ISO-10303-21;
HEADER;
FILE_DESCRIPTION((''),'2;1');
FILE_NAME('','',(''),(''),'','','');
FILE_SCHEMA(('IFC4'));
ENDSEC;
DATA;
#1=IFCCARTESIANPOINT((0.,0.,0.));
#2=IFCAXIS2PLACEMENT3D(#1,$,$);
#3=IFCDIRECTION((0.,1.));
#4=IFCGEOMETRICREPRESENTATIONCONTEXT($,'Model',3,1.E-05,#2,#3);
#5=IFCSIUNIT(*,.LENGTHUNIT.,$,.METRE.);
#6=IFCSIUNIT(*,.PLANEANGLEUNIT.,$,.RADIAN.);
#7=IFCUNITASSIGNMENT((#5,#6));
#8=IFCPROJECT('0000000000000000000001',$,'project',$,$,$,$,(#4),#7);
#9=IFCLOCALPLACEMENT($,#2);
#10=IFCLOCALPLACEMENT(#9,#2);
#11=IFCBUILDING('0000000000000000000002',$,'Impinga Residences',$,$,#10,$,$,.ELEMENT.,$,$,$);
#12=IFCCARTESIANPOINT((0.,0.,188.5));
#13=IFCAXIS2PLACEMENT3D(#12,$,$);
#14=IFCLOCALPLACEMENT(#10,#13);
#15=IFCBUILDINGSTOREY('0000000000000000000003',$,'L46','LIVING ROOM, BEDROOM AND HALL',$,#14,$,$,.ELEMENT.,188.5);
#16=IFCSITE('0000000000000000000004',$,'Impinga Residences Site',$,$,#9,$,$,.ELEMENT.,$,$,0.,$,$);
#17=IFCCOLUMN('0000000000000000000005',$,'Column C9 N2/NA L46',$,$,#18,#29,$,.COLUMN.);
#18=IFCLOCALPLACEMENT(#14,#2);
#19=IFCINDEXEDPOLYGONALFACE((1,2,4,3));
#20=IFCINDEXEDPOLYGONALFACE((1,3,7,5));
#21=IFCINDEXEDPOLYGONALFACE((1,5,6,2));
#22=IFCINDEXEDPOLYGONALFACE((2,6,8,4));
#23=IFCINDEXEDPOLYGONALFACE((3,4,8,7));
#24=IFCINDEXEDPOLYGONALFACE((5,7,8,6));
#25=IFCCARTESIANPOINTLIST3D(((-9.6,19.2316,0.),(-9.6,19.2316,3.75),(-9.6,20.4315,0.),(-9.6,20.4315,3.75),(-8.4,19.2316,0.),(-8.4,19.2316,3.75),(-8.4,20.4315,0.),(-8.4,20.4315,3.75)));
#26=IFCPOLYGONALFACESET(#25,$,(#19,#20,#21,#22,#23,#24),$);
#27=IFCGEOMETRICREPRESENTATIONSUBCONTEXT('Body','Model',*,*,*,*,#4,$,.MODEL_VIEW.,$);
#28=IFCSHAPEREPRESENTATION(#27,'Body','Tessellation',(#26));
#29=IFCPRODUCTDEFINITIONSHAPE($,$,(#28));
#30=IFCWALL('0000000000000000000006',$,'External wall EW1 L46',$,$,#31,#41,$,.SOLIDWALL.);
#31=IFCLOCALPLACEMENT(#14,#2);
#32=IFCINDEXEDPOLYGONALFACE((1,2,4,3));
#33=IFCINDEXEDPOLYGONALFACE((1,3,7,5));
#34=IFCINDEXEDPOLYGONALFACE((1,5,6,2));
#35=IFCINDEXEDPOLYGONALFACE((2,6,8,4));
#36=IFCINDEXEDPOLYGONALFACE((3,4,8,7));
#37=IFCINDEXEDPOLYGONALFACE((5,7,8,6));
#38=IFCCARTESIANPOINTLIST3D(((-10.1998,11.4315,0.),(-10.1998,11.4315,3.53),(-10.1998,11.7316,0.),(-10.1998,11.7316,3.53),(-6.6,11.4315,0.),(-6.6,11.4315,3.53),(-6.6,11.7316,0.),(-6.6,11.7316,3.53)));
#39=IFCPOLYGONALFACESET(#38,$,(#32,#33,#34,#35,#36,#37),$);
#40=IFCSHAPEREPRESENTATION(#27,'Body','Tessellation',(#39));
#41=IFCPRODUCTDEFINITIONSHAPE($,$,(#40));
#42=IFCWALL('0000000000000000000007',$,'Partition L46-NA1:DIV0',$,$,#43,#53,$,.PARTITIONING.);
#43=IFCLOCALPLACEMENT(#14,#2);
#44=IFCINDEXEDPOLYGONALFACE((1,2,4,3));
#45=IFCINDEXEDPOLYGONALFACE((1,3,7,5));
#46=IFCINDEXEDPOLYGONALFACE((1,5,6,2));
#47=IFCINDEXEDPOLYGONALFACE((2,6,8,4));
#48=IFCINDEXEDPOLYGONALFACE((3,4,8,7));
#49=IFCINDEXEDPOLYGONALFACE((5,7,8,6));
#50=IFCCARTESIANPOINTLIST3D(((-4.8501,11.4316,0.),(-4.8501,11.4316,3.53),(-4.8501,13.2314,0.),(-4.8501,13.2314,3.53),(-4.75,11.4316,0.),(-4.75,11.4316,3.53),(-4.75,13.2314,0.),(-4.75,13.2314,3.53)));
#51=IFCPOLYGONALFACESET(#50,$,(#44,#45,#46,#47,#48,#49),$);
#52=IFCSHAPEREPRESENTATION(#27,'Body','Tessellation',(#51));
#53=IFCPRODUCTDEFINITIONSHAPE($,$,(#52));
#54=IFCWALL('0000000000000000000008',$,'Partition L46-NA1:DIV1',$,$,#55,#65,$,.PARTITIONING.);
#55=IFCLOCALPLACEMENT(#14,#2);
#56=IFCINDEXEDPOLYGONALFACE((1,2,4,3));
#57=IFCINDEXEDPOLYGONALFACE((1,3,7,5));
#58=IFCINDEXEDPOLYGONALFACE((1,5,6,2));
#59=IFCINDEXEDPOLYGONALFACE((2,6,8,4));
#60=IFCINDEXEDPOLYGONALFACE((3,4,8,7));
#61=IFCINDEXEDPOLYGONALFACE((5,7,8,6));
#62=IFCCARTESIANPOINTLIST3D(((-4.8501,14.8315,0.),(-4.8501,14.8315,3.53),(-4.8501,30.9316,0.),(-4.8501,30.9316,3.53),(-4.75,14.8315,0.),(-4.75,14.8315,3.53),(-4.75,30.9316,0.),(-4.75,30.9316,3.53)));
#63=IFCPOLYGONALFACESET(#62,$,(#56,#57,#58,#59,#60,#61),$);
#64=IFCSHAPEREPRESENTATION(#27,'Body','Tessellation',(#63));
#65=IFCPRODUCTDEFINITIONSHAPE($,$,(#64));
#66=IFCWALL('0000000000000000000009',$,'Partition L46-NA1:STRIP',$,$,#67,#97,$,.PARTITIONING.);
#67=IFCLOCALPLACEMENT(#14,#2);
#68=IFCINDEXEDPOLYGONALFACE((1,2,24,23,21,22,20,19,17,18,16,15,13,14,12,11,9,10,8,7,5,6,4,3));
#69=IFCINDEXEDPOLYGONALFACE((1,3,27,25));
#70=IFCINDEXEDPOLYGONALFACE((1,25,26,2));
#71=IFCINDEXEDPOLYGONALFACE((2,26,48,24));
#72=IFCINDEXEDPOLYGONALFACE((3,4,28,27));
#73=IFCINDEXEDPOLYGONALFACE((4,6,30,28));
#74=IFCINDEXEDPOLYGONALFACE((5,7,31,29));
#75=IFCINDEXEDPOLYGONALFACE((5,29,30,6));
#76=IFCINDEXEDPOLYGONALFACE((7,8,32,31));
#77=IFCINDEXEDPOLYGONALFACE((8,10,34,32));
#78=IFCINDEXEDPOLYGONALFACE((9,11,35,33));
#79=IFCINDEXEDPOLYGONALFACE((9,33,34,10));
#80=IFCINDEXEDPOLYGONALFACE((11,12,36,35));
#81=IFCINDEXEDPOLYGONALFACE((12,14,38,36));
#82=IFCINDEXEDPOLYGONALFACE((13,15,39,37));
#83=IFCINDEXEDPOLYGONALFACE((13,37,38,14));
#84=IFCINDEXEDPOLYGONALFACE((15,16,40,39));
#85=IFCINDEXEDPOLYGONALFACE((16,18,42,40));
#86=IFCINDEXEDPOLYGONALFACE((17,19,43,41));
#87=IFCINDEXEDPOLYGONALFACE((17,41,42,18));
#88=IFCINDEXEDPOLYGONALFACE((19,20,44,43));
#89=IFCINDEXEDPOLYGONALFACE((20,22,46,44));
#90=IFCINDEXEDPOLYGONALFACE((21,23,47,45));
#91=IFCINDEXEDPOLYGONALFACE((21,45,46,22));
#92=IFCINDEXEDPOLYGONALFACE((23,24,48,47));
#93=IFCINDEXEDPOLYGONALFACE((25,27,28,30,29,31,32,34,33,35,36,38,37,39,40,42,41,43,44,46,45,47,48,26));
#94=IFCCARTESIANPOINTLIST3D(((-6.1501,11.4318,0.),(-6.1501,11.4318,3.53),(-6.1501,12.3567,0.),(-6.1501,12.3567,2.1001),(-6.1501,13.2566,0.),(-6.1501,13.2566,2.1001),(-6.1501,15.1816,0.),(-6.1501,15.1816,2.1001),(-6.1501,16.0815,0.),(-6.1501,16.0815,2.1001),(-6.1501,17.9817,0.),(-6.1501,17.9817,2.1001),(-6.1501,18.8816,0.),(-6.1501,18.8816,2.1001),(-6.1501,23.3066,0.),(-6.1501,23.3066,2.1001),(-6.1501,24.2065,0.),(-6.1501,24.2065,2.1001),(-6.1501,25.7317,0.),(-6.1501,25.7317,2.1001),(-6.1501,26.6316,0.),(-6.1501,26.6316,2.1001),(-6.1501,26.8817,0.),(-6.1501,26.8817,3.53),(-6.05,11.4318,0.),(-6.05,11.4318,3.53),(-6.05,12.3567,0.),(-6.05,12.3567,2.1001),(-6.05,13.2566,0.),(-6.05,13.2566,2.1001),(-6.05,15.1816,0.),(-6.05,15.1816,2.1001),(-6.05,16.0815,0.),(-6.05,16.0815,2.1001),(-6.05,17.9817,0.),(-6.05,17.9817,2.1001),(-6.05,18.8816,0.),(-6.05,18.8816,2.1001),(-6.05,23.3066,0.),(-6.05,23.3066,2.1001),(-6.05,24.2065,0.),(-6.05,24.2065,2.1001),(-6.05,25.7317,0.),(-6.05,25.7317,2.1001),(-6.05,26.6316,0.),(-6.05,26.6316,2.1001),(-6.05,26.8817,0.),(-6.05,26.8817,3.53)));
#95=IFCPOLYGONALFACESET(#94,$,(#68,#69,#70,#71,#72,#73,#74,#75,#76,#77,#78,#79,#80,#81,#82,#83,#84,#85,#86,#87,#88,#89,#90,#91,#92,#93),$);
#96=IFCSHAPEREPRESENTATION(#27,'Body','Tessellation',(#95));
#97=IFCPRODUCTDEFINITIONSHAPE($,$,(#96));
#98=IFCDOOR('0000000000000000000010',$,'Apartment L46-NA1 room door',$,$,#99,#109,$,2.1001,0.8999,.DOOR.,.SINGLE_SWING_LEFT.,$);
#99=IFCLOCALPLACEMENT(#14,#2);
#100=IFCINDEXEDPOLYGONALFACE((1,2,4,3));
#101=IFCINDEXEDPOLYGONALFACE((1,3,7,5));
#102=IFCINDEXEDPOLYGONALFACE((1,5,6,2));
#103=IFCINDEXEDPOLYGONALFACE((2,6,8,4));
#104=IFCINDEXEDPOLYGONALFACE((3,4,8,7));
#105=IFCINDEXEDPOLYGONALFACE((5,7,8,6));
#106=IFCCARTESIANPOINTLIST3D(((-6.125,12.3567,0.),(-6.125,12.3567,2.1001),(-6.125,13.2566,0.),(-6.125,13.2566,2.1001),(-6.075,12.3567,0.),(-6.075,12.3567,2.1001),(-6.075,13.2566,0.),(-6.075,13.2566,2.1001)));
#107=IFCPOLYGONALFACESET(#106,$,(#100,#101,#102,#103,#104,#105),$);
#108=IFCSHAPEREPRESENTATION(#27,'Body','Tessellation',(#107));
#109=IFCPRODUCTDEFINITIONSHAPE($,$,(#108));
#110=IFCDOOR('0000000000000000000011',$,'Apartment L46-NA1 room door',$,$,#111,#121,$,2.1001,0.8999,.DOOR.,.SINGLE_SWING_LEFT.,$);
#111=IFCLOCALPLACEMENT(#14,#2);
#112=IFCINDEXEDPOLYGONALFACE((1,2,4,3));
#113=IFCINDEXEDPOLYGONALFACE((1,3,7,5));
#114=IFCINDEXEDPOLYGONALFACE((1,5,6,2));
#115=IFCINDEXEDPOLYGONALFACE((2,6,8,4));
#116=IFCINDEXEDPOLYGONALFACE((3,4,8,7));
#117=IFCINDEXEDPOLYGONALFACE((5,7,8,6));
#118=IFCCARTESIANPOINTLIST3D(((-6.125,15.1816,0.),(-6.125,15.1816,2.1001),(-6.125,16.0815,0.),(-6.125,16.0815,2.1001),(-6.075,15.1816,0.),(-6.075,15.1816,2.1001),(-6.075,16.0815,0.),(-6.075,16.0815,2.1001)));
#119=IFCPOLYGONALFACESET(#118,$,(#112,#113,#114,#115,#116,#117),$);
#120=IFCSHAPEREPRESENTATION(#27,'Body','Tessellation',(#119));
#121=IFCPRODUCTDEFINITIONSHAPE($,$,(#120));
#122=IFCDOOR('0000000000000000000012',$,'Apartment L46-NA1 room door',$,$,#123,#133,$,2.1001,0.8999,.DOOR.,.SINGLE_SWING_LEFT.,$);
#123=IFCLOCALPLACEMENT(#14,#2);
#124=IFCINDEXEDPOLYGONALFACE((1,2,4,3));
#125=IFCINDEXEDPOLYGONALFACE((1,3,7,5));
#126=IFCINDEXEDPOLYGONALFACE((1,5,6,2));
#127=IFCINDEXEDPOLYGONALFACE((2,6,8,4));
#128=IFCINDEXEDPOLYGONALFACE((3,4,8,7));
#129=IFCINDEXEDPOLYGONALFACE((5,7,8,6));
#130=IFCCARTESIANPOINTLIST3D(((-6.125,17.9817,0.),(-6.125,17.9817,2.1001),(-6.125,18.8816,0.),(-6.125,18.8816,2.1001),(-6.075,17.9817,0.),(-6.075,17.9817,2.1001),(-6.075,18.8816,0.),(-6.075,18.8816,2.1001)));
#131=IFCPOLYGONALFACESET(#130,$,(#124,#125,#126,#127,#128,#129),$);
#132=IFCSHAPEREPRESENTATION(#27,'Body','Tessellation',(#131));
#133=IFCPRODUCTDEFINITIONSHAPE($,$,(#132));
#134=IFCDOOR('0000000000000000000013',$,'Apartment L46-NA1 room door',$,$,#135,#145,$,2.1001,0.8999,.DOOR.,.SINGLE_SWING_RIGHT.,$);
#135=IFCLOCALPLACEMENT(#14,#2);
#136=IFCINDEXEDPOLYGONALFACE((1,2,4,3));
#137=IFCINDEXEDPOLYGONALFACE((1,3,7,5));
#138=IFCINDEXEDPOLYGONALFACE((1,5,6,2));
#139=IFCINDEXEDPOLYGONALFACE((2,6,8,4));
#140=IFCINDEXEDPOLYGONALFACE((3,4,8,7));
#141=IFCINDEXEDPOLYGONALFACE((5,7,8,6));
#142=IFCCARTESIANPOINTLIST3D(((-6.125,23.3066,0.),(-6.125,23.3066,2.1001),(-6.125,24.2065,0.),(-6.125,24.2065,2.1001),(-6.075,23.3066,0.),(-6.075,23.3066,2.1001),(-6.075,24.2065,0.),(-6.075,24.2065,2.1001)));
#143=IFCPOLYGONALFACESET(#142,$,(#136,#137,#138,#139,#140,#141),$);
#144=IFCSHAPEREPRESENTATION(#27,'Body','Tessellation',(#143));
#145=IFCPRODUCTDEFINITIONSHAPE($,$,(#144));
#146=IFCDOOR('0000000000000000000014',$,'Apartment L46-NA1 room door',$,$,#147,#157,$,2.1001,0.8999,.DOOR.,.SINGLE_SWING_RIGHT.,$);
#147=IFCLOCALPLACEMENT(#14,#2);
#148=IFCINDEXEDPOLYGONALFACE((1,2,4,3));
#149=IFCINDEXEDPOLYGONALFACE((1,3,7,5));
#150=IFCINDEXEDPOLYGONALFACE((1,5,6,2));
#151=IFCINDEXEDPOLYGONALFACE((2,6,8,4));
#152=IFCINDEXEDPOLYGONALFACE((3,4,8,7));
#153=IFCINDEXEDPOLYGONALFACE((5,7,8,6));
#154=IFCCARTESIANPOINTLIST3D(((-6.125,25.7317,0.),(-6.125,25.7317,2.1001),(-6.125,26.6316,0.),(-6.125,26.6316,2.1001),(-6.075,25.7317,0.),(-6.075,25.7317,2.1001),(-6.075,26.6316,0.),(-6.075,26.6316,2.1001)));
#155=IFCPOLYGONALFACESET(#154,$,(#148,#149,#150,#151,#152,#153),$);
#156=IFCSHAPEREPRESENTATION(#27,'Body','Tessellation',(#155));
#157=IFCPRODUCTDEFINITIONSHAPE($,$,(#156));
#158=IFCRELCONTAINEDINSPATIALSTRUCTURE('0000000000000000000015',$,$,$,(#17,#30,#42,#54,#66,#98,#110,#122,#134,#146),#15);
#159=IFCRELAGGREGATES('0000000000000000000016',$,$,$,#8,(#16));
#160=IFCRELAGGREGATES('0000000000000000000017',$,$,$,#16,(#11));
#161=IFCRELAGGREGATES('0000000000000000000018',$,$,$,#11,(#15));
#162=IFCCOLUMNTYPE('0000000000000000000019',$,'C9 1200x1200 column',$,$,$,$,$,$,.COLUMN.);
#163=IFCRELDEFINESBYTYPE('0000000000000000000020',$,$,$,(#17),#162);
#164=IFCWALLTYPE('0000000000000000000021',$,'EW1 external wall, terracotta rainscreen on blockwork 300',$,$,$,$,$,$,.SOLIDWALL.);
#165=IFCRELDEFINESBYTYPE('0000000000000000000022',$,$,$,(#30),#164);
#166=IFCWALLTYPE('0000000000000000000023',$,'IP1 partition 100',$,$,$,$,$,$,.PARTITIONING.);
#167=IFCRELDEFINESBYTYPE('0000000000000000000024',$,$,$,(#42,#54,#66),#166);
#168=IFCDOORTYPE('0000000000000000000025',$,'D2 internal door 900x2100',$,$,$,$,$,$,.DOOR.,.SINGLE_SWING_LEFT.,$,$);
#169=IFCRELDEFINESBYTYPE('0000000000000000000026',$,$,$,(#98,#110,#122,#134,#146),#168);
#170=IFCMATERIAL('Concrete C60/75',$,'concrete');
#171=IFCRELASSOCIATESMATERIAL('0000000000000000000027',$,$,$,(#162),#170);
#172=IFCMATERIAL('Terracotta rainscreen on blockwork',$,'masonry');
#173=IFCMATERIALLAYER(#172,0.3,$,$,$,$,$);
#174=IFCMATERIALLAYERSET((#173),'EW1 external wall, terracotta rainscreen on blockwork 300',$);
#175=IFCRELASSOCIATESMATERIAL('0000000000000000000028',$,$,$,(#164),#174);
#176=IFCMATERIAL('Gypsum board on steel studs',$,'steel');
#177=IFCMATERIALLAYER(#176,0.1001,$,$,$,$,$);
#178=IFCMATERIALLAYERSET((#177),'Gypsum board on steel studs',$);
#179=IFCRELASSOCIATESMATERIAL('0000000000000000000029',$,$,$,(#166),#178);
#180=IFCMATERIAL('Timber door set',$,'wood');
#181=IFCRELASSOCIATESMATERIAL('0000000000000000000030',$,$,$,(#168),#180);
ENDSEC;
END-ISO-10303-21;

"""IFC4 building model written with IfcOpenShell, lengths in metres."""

from ifc_helpers import new_model, si_unit, direction, frame, frame_2d, origin, origin_2d, place, context, subcontext, project, spatial, rectangle, extrude, material, layer, layer_set, material_profile, profile_set, type_object, element, fill, save


model = new_model("IFC4")

# Units and contexts
model_context = context("Model", 3, precision=1e-05, world=origin(), true_north=direction((0.0, 1.0)))
body_context = subcontext(model_context, "Body", "Model", "MODEL_VIEW")
ifc_project = project(units=[si_unit("LENGTHUNIT", "METRE"), si_unit("PLANEANGLEUNIT", "RADIAN")], contexts=[model_context])

# Site, building, storey
site_placement = place(None, origin())
site = spatial("IfcSite", under=ifc_project, at=site_placement, Name="Impinga Residences Site", CompositionType="ELEMENT", RefElevation=0.0)
building_placement = place(site_placement, origin())
building = spatial("IfcBuilding", under=site, at=building_placement, Name="Impinga Residences", CompositionType="ELEMENT")
storey_placement = place(building_placement, frame((0.0, 0.0, 188.5)))
storey = spatial("IfcBuildingStorey", under=building, at=storey_placement, Name="L46", Description="LIVING ROOM, BEDROOM AND HALL", CompositionType="ELEMENT", Elevation=188.5)

# Column
ifc_material_1 = material(Name="Concrete C60/75", Category="concrete")
ifc_material_profile = material_profile(ifc_material_1, rectangle(XDim=1.2, YDim=1.2, at=origin_2d()), Name="RC 1200x1200")
ifc_profile_set = profile_set([ifc_material_profile], Name="Concrete C60/75")
column_type = type_object("IfcColumnType", Name="C9 1200x1200 column", PredefinedType="COLUMN", material=ifc_profile_set)
column_placement = place(storey_placement, frame((-9.0, 19.8315, 0.0), z_axis=(0.0, 0.0, 1.0), x_axis=(1.0, 0.0, 0.0)))
element("IfcColumn", 1, at=column_placement, inside=storey, type_object=column_type, Name="Column C9 N2/NA L46", PredefinedType="COLUMN", context=body_context, shape_type="SweptSolid", body=[
    extrude(rectangle(XDim=1.2, YDim=1.2, at=origin_2d()), origin(), (0.0, 0.0, 1.0), 3.75),
])

# Walls
ifc_material_2 = material(Name="Terracotta rainscreen on blockwork", Category="masonry")
ifc_layer_1 = layer(ifc_material_2, 0.3)
ifc_layer_set_1 = layer_set([ifc_layer_1], Name="EW1 external wall, terracotta rainscreen on blockwork 300")
wall_type_1 = type_object("IfcWallType", Name="EW1 external wall, terracotta rainscreen on blockwork 300", PredefinedType="SOLIDWALL", material=ifc_layer_set_1)
wall_1_placement = place(storey_placement, frame((-6.6001, 11.5815, 0.0), z_axis=(0.0, 0.0, 1.0), x_axis=(-1.0, 0.0, 0.0)))
element("IfcWall", 2, at=wall_1_placement, inside=storey, type_object=wall_type_1, Name="External wall EW1 L46", PredefinedType="SOLIDWALL", context=body_context, shape_type="SweptSolid", body=[
    extrude(rectangle(XDim=3.5999, YDim=0.3, at=frame_2d((1.7998, 0.0))), origin(), (0.0, 0.0, 1.0), 3.53),
])
ifc_material_3 = material(Name="Gypsum board on steel studs", Category="steel")
ifc_layer_2 = layer(ifc_material_3, 0.1001)
ifc_layer_set_2 = layer_set([ifc_layer_2], Name="Gypsum board on steel studs")
wall_type_2 = type_object("IfcWallType", Name="IP1 partition 100", PredefinedType="PARTITIONING", material=ifc_layer_set_2)
wall_2_placement = place(storey_placement, frame((-4.8, 11.4316, 0.0), z_axis=(0.0, 0.0, 1.0), x_axis=(0.0, 1.0, 0.0)))
element("IfcWall", 3, at=wall_2_placement, inside=storey, type_object=wall_type_2, Name="Partition L46-NA1:DIV0", PredefinedType="PARTITIONING", context=body_context, shape_type="SweptSolid", body=[
    extrude(rectangle(XDim=1.7998, YDim=0.1001, at=frame_2d((0.8999, 0.0))), origin(), (0.0, 0.0, 1.0), 3.53),
])
wall_3_placement = place(storey_placement, frame((-4.8, 14.8315, 0.0), z_axis=(0.0, 0.0, 1.0), x_axis=(0.0, 1.0, 0.0)))
element("IfcWall", 4, at=wall_3_placement, inside=storey, type_object=wall_type_2, Name="Partition L46-NA1:DIV1", PredefinedType="PARTITIONING", context=body_context, shape_type="SweptSolid", body=[
    extrude(rectangle(XDim=16.1001, YDim=0.1001, at=frame_2d((8.05, 0.0))), origin(), (0.0, 0.0, 1.0), 3.53),
])

# Wall, openings, doors
wall_4_placement = place(storey_placement, frame((-6.1001, 11.4316, 0.0), z_axis=(0.0, 0.0, 1.0), x_axis=(0.0, 1.0, 0.0)))
wall_4 = element("IfcWall", 5, at=wall_4_placement, inside=storey, type_object=wall_type_2, Name="Partition L46-NA1:STRIP", PredefinedType="PARTITIONING", context=body_context, shape_type="SweptSolid", body=[
    extrude(rectangle(XDim=15.45, YDim=0.1001, at=frame_2d((7.7251, 0.0))), origin(), (0.0, 0.0, 1.0), 3.53),
])
opening_1_placement = place(wall_4_placement, frame((0.925, 0.0, 0.0)))
opening_1 = element("IfcOpeningElement", 6, at=opening_1_placement, cuts=wall_4, PredefinedType="OPENING", context=body_context, shape_type="SweptSolid", body=[
    extrude(rectangle(XDim=0.8999, YDim=2.1001, at=frame_2d((0.45, 1.05))), frame((0.0, 0.0601, 0.0), z_axis=(0.0, -1.0, 0.0), x_axis=(1.0, 0.0, 0.0)), (0.0, 0.0, 1.0), 0.1201),
])
opening_2_placement = place(wall_4_placement, frame((3.75, 0.0, 0.0)))
opening_2 = element("IfcOpeningElement", 7, at=opening_2_placement, cuts=wall_4, PredefinedType="OPENING", context=body_context, shape_type="SweptSolid", body=[
    extrude(rectangle(XDim=0.8999, YDim=2.1001, at=frame_2d((0.45, 1.05))), frame((0.0, 0.0601, 0.0), z_axis=(0.0, -1.0, 0.0), x_axis=(1.0, 0.0, 0.0)), (0.0, 0.0, 1.0), 0.1201),
])
opening_3_placement = place(wall_4_placement, frame((6.55, 0.0, 0.0)))
opening_3 = element("IfcOpeningElement", 8, at=opening_3_placement, cuts=wall_4, PredefinedType="OPENING", context=body_context, shape_type="SweptSolid", body=[
    extrude(rectangle(XDim=0.8999, YDim=2.1001, at=frame_2d((0.45, 1.05))), frame((0.0, 0.0601, 0.0), z_axis=(0.0, -1.0, 0.0), x_axis=(1.0, 0.0, 0.0)), (0.0, 0.0, 1.0), 0.1201),
])
opening_4_placement = place(wall_4_placement, frame((11.875, 0.0, 0.0)))
opening_4 = element("IfcOpeningElement", 9, at=opening_4_placement, cuts=wall_4, PredefinedType="OPENING", context=body_context, shape_type="SweptSolid", body=[
    extrude(rectangle(XDim=0.8999, YDim=2.1001, at=frame_2d((0.45, 1.05))), frame((0.0, 0.0601, 0.0), z_axis=(0.0, -1.0, 0.0), x_axis=(1.0, 0.0, 0.0)), (0.0, 0.0, 1.0), 0.1201),
])
opening_5_placement = place(wall_4_placement, frame((14.3, 0.0, 0.0)))
opening_5 = element("IfcOpeningElement", 10, at=opening_5_placement, cuts=wall_4, PredefinedType="OPENING", context=body_context, shape_type="SweptSolid", body=[
    extrude(rectangle(XDim=0.8999, YDim=2.1001, at=frame_2d((0.45, 1.05))), frame((0.0, 0.0601, 0.0), z_axis=(0.0, -1.0, 0.0), x_axis=(1.0, 0.0, 0.0)), (0.0, 0.0, 1.0), 0.1201),
])
ifc_material_4 = material(Name="Timber door set", Category="wood")
door_type = type_object("IfcDoorType", Name="D2 internal door 900x2100", OperationType="SINGLE_SWING_LEFT", PredefinedType="DOOR", material=ifc_material_4)
door_1_placement = place(opening_1_placement, origin())
door_1 = element("IfcDoor", 11, at=door_1_placement, inside=storey, type_object=door_type, Name="Apartment L46-NA1 room door", OperationType="SINGLE_SWING_LEFT", OverallHeight=2.1001, OverallWidth=0.8999, PredefinedType="DOOR", context=body_context, shape_type="SweptSolid", body=[
    extrude(rectangle(XDim=0.8999, YDim=2.1001, at=frame_2d((0.45, 1.05))), frame((0.0, 0.0249, 0.0), z_axis=(0.0, -1.0, 0.0), x_axis=(1.0, 0.0, 0.0)), (0.0, 0.0, 1.0), 0.05),
])
fill(opening_1, door_1)
door_2_placement = place(opening_2_placement, origin())
door_2 = element("IfcDoor", 12, at=door_2_placement, inside=storey, type_object=door_type, Name="Apartment L46-NA1 room door", OperationType="SINGLE_SWING_LEFT", OverallHeight=2.1001, OverallWidth=0.8999, PredefinedType="DOOR", context=body_context, shape_type="SweptSolid", body=[
    extrude(rectangle(XDim=0.8999, YDim=2.1001, at=frame_2d((0.45, 1.05))), frame((0.0, 0.0249, 0.0), z_axis=(0.0, -1.0, 0.0), x_axis=(1.0, 0.0, 0.0)), (0.0, 0.0, 1.0), 0.05),
])
fill(opening_2, door_2)
door_3_placement = place(opening_3_placement, origin())
door_3 = element("IfcDoor", 13, at=door_3_placement, inside=storey, type_object=door_type, Name="Apartment L46-NA1 room door", OperationType="SINGLE_SWING_LEFT", OverallHeight=2.1001, OverallWidth=0.8999, PredefinedType="DOOR", context=body_context, shape_type="SweptSolid", body=[
    extrude(rectangle(XDim=0.8999, YDim=2.1001, at=frame_2d((0.45, 1.05))), frame((0.0, 0.0249, 0.0), z_axis=(0.0, -1.0, 0.0), x_axis=(1.0, 0.0, 0.0)), (0.0, 0.0, 1.0), 0.05),
])
fill(opening_3, door_3)
door_4_placement = place(opening_4_placement, origin())
door_4 = element("IfcDoor", 14, at=door_4_placement, inside=storey, type_object=door_type, Name="Apartment L46-NA1 room door", OperationType="SINGLE_SWING_RIGHT", OverallHeight=2.1001, OverallWidth=0.8999, PredefinedType="DOOR", context=body_context, shape_type="SweptSolid", body=[
    extrude(rectangle(XDim=0.8999, YDim=2.1001, at=frame_2d((0.45, 1.05))), frame((0.0, 0.0249, 0.0), z_axis=(0.0, -1.0, 0.0), x_axis=(1.0, 0.0, 0.0)), (0.0, 0.0, 1.0), 0.05),
])
fill(opening_4, door_4)
door_5_placement = place(opening_5_placement, origin())
door_5 = element("IfcDoor", 15, at=door_5_placement, inside=storey, type_object=door_type, Name="Apartment L46-NA1 room door", OperationType="SINGLE_SWING_RIGHT", OverallHeight=2.1001, OverallWidth=0.8999, PredefinedType="DOOR", context=body_context, shape_type="SweptSolid", body=[
    extrude(rectangle(XDim=0.8999, YDim=2.1001, at=frame_2d((0.45, 1.05))), frame((0.0, 0.0249, 0.0), z_axis=(0.0, -1.0, 0.0), x_axis=(1.0, 0.0, 0.0)), (0.0, 0.0, 1.0), 0.05),
])
fill(opening_5, door_5)

save(model, "model.ifc")
